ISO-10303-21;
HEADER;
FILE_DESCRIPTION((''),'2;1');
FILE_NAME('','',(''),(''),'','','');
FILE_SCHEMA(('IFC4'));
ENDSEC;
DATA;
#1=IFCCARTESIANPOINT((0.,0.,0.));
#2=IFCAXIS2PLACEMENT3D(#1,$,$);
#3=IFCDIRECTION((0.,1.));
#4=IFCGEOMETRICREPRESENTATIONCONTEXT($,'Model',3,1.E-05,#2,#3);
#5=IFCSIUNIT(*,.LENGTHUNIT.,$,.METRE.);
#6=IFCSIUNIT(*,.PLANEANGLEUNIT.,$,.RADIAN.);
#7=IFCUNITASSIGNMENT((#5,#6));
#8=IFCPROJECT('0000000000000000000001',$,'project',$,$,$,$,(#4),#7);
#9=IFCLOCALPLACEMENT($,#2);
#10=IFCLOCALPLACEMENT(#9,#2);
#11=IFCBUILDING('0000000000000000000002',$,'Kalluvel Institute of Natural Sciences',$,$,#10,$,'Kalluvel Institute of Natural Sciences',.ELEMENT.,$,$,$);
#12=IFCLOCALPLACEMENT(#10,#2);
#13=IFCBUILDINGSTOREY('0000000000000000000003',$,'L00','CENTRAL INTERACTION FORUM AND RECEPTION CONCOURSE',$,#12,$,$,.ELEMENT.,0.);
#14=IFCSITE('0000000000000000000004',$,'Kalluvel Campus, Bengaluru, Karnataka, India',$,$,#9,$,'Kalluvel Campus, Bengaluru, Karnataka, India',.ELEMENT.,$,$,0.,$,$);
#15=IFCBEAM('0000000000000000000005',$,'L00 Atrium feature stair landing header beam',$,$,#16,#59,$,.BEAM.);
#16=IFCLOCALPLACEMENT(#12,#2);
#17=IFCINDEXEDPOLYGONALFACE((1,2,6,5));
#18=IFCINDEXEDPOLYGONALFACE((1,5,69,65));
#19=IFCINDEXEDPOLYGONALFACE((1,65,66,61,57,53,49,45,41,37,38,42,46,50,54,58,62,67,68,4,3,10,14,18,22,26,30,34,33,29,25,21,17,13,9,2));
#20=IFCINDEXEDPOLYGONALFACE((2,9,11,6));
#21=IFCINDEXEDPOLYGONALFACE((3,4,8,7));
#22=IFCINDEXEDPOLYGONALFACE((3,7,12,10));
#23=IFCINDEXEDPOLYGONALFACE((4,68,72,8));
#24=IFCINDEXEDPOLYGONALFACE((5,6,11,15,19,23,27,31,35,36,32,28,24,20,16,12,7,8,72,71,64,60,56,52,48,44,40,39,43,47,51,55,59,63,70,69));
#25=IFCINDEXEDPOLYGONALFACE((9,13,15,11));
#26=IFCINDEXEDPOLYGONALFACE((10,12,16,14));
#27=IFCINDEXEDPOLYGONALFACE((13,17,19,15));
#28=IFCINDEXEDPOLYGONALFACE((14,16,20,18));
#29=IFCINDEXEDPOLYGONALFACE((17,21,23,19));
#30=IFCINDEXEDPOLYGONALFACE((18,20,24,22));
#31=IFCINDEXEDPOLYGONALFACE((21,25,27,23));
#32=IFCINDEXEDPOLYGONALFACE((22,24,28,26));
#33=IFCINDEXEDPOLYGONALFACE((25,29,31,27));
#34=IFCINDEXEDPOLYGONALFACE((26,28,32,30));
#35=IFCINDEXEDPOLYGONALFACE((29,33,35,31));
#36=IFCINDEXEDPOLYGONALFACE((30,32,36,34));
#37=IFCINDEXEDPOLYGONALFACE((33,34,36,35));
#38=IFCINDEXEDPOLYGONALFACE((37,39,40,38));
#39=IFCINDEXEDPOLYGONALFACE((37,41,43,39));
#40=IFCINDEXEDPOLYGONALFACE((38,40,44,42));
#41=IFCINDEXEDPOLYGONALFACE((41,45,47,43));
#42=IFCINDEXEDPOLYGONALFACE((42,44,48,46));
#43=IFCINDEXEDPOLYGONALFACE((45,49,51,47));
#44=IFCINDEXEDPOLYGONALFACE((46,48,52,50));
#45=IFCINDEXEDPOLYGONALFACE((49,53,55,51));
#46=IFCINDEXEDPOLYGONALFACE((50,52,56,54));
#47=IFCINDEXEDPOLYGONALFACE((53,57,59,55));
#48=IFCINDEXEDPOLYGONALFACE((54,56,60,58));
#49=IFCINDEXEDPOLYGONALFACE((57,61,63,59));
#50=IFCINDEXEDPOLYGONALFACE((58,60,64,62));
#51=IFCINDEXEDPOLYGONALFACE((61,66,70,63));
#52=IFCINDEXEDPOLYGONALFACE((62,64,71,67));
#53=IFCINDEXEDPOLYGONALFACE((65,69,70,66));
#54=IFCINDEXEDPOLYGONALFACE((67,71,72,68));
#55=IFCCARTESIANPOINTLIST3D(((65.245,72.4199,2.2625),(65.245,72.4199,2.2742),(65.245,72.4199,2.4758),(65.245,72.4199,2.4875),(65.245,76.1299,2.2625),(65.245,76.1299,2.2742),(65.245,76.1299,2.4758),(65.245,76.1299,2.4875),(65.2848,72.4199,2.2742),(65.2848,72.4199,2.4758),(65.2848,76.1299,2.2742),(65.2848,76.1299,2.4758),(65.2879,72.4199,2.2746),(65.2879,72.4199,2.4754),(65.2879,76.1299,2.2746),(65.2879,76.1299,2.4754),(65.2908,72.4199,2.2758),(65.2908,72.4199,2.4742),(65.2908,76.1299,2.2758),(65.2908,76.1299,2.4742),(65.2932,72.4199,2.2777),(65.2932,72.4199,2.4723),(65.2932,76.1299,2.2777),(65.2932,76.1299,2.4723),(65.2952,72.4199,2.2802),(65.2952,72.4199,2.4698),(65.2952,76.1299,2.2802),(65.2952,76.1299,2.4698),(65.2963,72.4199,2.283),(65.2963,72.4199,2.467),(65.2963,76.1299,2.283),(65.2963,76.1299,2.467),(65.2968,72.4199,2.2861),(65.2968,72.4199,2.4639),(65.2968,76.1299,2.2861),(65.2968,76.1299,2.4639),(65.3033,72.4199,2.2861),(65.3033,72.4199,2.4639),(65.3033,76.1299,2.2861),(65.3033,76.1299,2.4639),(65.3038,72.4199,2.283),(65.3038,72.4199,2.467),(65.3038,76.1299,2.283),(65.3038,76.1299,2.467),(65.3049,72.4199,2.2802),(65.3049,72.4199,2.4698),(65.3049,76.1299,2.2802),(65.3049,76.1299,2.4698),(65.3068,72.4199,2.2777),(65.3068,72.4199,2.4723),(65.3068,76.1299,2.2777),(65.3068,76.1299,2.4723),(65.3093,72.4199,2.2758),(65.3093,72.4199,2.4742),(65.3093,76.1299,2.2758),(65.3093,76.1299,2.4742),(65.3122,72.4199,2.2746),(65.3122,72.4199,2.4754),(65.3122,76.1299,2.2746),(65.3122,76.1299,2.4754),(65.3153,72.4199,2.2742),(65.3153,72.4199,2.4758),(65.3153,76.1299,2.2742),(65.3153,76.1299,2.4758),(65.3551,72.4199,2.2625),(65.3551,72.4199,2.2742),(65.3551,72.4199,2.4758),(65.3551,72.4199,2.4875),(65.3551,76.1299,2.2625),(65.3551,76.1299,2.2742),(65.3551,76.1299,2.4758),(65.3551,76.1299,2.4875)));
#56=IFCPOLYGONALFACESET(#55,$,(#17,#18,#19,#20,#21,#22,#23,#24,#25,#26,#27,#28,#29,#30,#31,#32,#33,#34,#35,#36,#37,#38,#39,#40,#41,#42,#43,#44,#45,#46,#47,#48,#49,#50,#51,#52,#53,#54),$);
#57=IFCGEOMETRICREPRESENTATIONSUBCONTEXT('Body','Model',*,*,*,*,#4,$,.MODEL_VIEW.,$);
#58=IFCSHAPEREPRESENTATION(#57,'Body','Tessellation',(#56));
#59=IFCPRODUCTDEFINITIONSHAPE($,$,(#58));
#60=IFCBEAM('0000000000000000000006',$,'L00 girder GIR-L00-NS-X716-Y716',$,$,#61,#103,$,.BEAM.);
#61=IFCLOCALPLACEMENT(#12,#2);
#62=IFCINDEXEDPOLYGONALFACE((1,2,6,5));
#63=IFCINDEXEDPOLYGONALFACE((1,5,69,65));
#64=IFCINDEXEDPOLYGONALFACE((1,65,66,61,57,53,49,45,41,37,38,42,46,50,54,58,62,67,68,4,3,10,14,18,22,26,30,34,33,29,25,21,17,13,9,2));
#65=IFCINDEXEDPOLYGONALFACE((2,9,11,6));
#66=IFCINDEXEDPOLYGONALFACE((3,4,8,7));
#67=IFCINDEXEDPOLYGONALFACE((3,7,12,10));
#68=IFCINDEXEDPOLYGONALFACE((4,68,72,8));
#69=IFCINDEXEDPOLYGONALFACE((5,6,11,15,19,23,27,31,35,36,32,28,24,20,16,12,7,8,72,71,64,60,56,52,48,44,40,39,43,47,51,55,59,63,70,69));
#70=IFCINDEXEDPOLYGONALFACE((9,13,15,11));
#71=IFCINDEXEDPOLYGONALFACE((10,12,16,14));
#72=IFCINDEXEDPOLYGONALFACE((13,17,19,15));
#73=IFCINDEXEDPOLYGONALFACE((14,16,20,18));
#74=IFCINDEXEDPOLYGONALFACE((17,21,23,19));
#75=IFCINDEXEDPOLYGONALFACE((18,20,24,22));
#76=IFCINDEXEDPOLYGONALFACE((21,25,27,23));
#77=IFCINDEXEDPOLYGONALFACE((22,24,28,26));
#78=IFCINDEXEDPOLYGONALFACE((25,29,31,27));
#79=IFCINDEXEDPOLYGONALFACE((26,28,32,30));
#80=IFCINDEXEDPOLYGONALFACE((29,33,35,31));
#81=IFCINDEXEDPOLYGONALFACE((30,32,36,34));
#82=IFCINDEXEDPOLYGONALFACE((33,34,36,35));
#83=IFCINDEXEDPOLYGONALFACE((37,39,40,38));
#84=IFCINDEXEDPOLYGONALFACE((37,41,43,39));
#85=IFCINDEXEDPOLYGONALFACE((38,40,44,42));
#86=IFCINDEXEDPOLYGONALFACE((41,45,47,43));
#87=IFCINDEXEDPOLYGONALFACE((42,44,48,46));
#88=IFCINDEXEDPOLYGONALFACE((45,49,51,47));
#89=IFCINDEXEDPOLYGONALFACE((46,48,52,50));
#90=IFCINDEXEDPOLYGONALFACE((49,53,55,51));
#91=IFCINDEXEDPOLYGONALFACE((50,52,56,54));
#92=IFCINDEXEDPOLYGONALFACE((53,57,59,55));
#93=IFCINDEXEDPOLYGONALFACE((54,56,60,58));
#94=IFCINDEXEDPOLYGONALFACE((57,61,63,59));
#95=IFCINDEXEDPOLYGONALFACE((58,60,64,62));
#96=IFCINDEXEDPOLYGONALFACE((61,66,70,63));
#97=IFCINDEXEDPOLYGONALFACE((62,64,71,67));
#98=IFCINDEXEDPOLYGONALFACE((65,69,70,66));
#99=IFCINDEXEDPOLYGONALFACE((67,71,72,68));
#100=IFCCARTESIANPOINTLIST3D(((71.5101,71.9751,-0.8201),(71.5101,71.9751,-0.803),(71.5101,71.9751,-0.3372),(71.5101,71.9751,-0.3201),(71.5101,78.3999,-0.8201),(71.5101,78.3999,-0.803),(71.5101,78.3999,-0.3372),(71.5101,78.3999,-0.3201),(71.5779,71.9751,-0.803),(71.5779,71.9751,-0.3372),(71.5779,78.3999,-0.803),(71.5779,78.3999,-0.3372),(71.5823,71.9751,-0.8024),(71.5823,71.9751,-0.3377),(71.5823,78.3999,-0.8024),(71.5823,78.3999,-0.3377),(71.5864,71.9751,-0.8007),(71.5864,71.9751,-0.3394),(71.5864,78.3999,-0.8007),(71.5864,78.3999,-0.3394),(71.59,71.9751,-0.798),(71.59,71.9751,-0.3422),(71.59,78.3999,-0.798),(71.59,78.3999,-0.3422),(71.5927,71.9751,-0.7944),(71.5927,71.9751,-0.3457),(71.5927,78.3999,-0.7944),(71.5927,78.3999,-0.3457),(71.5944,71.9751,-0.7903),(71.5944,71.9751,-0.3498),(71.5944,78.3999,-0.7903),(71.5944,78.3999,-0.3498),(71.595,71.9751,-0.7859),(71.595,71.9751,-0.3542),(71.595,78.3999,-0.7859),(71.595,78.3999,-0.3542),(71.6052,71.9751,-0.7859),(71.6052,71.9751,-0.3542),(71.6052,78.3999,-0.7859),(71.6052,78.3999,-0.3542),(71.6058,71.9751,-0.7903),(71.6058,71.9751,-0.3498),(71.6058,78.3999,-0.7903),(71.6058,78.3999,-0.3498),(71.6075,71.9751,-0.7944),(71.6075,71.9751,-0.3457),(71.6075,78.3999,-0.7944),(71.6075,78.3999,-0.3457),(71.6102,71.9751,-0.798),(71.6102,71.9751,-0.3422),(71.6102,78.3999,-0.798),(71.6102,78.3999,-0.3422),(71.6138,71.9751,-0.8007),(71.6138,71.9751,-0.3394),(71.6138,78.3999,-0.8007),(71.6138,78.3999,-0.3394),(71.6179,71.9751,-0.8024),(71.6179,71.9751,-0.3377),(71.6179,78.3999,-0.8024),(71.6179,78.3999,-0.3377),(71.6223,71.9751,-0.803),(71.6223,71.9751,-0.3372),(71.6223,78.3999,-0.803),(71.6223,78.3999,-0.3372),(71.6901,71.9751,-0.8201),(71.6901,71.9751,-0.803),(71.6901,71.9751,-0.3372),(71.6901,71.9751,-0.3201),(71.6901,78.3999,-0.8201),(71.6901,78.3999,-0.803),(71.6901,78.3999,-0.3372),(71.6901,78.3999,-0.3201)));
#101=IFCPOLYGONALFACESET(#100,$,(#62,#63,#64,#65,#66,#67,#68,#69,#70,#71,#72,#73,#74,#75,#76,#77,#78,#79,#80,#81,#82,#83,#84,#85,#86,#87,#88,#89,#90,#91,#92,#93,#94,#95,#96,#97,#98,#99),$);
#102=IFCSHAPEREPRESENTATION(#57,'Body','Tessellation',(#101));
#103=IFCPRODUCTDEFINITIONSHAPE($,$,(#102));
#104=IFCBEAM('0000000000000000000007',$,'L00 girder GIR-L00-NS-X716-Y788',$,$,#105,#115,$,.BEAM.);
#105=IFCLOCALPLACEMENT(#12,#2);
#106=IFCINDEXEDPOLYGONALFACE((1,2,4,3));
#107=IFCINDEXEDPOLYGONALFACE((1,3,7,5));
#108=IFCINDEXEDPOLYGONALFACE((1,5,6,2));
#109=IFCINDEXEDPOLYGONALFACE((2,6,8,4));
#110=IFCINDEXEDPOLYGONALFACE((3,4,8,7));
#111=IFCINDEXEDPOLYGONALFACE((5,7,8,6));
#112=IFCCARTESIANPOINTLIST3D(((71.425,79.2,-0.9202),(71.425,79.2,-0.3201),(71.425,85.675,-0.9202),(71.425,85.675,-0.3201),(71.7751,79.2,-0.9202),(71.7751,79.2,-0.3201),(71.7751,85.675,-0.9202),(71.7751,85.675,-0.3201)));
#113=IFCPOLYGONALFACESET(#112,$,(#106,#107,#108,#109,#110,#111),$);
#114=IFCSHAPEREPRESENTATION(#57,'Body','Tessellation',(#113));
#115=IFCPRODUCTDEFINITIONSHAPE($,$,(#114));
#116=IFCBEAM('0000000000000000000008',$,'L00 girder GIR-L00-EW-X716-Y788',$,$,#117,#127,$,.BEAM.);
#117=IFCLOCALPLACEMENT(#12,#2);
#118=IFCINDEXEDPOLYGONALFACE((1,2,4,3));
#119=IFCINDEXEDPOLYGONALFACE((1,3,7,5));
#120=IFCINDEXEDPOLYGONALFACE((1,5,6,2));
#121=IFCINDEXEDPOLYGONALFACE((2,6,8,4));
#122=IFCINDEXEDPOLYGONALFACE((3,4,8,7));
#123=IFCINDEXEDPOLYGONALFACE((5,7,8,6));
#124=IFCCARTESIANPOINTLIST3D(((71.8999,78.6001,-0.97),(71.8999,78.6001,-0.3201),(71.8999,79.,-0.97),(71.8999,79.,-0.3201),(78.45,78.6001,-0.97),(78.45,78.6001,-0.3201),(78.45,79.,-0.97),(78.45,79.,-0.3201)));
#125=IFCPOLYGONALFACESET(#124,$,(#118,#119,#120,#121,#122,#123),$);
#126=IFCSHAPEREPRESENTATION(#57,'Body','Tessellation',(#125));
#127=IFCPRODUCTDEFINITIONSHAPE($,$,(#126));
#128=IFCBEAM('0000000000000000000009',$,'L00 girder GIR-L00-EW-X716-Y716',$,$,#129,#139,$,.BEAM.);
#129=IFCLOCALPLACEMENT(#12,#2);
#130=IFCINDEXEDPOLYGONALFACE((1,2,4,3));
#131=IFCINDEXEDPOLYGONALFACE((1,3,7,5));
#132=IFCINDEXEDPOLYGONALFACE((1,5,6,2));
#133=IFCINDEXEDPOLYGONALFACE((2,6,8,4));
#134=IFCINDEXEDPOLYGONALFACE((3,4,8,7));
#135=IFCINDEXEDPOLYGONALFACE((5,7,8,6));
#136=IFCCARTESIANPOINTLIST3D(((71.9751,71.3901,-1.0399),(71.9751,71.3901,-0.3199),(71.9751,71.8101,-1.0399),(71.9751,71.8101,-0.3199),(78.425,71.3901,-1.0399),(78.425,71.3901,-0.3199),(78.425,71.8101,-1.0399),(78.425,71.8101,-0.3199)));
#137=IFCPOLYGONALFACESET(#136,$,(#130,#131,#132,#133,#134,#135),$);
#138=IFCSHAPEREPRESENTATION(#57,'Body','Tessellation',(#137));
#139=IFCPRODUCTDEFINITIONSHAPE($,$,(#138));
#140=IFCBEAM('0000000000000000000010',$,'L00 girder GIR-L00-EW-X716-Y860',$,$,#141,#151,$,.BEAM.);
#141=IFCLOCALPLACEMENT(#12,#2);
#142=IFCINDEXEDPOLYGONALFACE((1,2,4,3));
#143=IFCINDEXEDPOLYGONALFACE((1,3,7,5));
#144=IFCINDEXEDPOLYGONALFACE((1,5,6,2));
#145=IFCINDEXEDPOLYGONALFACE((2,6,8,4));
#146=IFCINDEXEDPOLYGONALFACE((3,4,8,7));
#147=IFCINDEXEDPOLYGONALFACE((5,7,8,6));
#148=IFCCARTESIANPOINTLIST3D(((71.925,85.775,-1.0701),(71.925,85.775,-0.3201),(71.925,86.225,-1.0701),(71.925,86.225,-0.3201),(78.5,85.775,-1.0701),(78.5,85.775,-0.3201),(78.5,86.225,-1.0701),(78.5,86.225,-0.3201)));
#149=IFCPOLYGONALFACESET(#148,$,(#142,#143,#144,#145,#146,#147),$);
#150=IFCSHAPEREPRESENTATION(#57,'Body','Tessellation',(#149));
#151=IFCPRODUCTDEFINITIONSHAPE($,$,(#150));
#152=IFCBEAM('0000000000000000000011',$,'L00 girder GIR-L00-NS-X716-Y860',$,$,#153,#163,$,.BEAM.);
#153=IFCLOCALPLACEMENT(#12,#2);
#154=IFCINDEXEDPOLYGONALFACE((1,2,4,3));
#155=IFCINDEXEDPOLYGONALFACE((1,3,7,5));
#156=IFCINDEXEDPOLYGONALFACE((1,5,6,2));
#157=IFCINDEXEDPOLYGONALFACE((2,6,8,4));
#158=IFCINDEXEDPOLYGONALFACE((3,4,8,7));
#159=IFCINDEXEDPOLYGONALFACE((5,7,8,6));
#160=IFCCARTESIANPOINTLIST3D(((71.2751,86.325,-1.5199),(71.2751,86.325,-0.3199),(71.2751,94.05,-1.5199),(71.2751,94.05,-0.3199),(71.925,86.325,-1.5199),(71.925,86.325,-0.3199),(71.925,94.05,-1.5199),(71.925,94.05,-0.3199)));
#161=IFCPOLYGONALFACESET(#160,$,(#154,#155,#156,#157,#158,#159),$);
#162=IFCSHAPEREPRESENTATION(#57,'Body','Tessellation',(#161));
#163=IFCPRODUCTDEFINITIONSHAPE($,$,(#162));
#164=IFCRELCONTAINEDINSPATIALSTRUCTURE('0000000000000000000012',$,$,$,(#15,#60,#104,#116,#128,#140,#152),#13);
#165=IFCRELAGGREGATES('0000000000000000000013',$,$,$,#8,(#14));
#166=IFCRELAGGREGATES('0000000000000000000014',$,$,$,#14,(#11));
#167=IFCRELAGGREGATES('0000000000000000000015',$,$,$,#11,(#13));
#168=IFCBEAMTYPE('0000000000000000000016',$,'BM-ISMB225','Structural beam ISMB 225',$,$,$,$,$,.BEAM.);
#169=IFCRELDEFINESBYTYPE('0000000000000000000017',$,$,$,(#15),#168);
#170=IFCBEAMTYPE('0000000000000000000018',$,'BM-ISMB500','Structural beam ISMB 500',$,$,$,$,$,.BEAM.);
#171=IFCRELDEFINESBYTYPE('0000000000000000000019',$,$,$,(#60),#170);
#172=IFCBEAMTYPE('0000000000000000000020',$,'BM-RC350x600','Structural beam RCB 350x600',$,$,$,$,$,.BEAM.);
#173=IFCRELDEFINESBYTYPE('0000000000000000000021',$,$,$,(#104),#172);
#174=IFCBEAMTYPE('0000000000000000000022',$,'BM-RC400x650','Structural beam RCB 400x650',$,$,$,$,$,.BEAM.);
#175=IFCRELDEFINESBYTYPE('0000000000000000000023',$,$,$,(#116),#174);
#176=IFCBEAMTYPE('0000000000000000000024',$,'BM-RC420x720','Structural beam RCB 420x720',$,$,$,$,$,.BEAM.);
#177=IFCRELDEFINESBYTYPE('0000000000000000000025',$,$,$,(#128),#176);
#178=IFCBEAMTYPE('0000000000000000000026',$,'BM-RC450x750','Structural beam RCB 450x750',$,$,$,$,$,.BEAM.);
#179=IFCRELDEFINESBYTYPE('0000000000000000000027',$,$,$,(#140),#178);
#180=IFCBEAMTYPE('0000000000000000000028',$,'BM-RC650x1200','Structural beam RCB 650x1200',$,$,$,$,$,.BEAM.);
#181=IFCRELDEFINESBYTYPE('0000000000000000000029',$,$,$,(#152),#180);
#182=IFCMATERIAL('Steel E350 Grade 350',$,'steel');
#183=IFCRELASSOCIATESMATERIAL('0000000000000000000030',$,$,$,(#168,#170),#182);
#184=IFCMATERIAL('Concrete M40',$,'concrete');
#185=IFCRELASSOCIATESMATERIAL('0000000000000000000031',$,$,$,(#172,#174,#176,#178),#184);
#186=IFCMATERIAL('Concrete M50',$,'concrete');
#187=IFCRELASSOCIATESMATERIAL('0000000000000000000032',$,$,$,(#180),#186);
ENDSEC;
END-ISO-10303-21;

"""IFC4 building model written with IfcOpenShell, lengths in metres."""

from ifc_helpers import new_model, si_unit, direction, frame, origin, origin_2d, place, context, subcontext, project, spatial, rectangle, i_section, extrude, material, material_profile, profile_set, type_object, element, save


model = new_model("IFC4")

# Units and contexts
model_context = context("Model", 3, precision=1e-05, world=origin(), true_north=direction((0.0, 1.0)))
body_context = subcontext(model_context, "Body", "Model", "MODEL_VIEW")
ifc_project = project(units=[si_unit("LENGTHUNIT", "METRE"), si_unit("PLANEANGLEUNIT", "RADIAN")], contexts=[model_context])

# Site, building, storey
site_placement = place(None, origin())
site = spatial("IfcSite", under=ifc_project, at=site_placement, Name="Kalluvel Campus, Bengaluru, Karnataka, India", LongName="Kalluvel Campus, Bengaluru, Karnataka, India", CompositionType="ELEMENT", RefElevation=0.0)
building_placement = place(site_placement, origin())
building = spatial("IfcBuilding", under=site, at=building_placement, Name="Kalluvel Institute of Natural Sciences", LongName="Kalluvel Institute of Natural Sciences", CompositionType="ELEMENT")
storey_placement = place(building_placement, origin())
storey = spatial("IfcBuildingStorey", under=building, at=storey_placement, Name="L00", Description="CENTRAL INTERACTION FORUM AND RECEPTION CONCOURSE", CompositionType="ELEMENT", Elevation=0.0)

# Shared definitions
ifc_material_1 = material(Name="Steel E350 Grade 350", Category="steel")
ifc_material_2 = material(Name="Concrete M50", Category="concrete")
ifc_material_3 = material(Name="Concrete M40", Category="concrete")

# Beams
ifc_material_profile_1 = material_profile(ifc_material_1, i_section(OverallWidth=0.1101, OverallDepth=0.2251, WebThickness=0.0066, FlangeThickness=0.0117, FilletRadius=0.012, at=origin_2d()), Name="ISMB 225")
ifc_profile_set_1 = profile_set([ifc_material_profile_1], Name="Steel E350 Grade 350")
beam_type_1 = type_object("IfcBeamType", Name="BM-ISMB225", Description="Structural beam ISMB 225", PredefinedType="BEAM", material=ifc_profile_set_1)
beam_1_placement = place(storey_placement, frame((65.3, 72.4199, 2.375), z_axis=(0.0, 1.0, 0.0), x_axis=(-1.0, 0.0, 0.0)))
element("IfcBeam", 1, at=beam_1_placement, inside=storey, type_object=beam_type_1, Name="L00 Atrium feature stair landing header beam", PredefinedType="BEAM", context=body_context, shape_type="SweptSolid", body=[
    extrude(i_section(OverallWidth=0.1101, OverallDepth=0.2251, WebThickness=0.0066, FlangeThickness=0.0117, FilletRadius=0.012, at=origin_2d()), origin(), (0.0, 0.0, 1.0), 3.71),
])
ifc_material_profile_2 = material_profile(ifc_material_1, i_section(OverallWidth=0.1799, OverallDepth=0.5, WebThickness=0.0103, FlangeThickness=0.0171, FilletRadius=0.0171, at=origin_2d()), Name="ISMB 500")
ifc_profile_set_2 = profile_set([ifc_material_profile_2], Name="Steel E350 Grade 350")
beam_type_2 = type_object("IfcBeamType", Name="BM-ISMB500", Description="Structural beam ISMB 500", PredefinedType="BEAM", material=ifc_profile_set_2)
beam_2_placement = place(storey_placement, frame((71.6001, 71.9751, -0.5701), z_axis=(0.0, 1.0, 0.0), x_axis=(-1.0, 0.0, 0.0)))
element("IfcBeam", 2, at=beam_2_placement, inside=storey, type_object=beam_type_2, Name="L00 girder GIR-L00-NS-X716-Y716", PredefinedType="BEAM", context=body_context, shape_type="SweptSolid", body=[
    extrude(i_section(OverallWidth=0.1799, OverallDepth=0.5, WebThickness=0.0103, FlangeThickness=0.0171, FilletRadius=0.0171, at=origin_2d()), origin(), (0.0, 0.0, 1.0), 6.4248),
])
ifc_material_profile_3 = material_profile(ifc_material_3, rectangle(XDim=0.3501, YDim=0.6001, at=origin_2d()), Name="RCB 350x600")
ifc_profile_set_3 = profile_set([ifc_material_profile_3], Name="Concrete M40")
beam_type_3 = type_object("IfcBeamType", Name="BM-RC350x600", Description="Structural beam RCB 350x600", PredefinedType="BEAM", material=ifc_profile_set_3)
beam_3_placement = place(storey_placement, frame((71.6001, 79.2, -0.6201), z_axis=(0.0, 1.0, 0.0), x_axis=(-1.0, 0.0, 0.0)))
element("IfcBeam", 3, at=beam_3_placement, inside=storey, type_object=beam_type_3, Name="L00 girder GIR-L00-NS-X716-Y788", PredefinedType="BEAM", context=body_context, shape_type="SweptSolid", body=[
    extrude(rectangle(XDim=0.3501, YDim=0.6001, at=origin_2d()), origin(), (0.0, 0.0, 1.0), 6.4751),
])
ifc_material_profile_4 = material_profile(ifc_material_3, rectangle(XDim=0.3999, YDim=0.6499, at=origin_2d()), Name="RCB 400x650")
ifc_profile_set_4 = profile_set([ifc_material_profile_4], Name="Concrete M40")
beam_type_4 = type_object("IfcBeamType", Name="BM-RC400x650", Description="Structural beam RCB 400x650", PredefinedType="BEAM", material=ifc_profile_set_4)
beam_4_placement = place(storey_placement, frame((71.8999, 78.8, -0.645), z_axis=(1.0, 0.0, 0.0), x_axis=(0.0, 1.0, 0.0)))
element("IfcBeam", 4, at=beam_4_placement, inside=storey, type_object=beam_type_4, Name="L00 girder GIR-L00-EW-X716-Y788", PredefinedType="BEAM", context=body_context, shape_type="SweptSolid", body=[
    extrude(rectangle(XDim=0.3999, YDim=0.6499, at=origin_2d()), origin(), (0.0, 0.0, 1.0), 6.55),
])
ifc_material_profile_5 = material_profile(ifc_material_3, rectangle(XDim=0.4199, YDim=0.72, at=origin_2d()), Name="RCB 420x720")
ifc_profile_set_5 = profile_set([ifc_material_profile_5], Name="Concrete M40")
beam_type_5 = type_object("IfcBeamType", Name="BM-RC420x720", Description="Structural beam RCB 420x720", PredefinedType="BEAM", material=ifc_profile_set_5)
beam_5_placement = place(storey_placement, frame((71.9751, 71.6001, -0.6799), z_axis=(1.0, 0.0, 0.0), x_axis=(0.0, 1.0, 0.0)))
element("IfcBeam", 5, at=beam_5_placement, inside=storey, type_object=beam_type_5, Name="L00 girder GIR-L00-EW-X716-Y716", PredefinedType="BEAM", context=body_context, shape_type="SweptSolid", body=[
    extrude(rectangle(XDim=0.4199, YDim=0.72, at=origin_2d()), origin(), (0.0, 0.0, 1.0), 6.45),
])
ifc_material_profile_6 = material_profile(ifc_material_3, rectangle(XDim=0.45, YDim=0.75, at=origin_2d()), Name="RCB 450x750")
ifc_profile_set_6 = profile_set([ifc_material_profile_6], Name="Concrete M40")
beam_type_6 = type_object("IfcBeamType", Name="BM-RC450x750", Description="Structural beam RCB 450x750", PredefinedType="BEAM", material=ifc_profile_set_6)
beam_6_placement = place(storey_placement, frame((71.925, 86.0, -0.6951), z_axis=(1.0, 0.0, 0.0), x_axis=(0.0, 1.0, 0.0)))
element("IfcBeam", 6, at=beam_6_placement, inside=storey, type_object=beam_type_6, Name="L00 girder GIR-L00-EW-X716-Y860", PredefinedType="BEAM", context=body_context, shape_type="SweptSolid", body=[
    extrude(rectangle(XDim=0.45, YDim=0.75, at=origin_2d()), origin(), (0.0, 0.0, 1.0), 6.575),
])
ifc_material_profile_7 = material_profile(ifc_material_2, rectangle(XDim=0.6499, YDim=1.2, at=origin_2d()), Name="RCB 650x1200")
ifc_profile_set_7 = profile_set([ifc_material_profile_7], Name="Concrete M50")
beam_type_7 = type_object("IfcBeamType", Name="BM-RC650x1200", Description="Structural beam RCB 650x1200", PredefinedType="BEAM", material=ifc_profile_set_7)
beam_7_placement = place(storey_placement, frame((71.6001, 86.325, -0.9199), z_axis=(0.0, 1.0, 0.0), x_axis=(-1.0, 0.0, 0.0)))
element("IfcBeam", 7, at=beam_7_placement, inside=storey, type_object=beam_type_7, Name="L00 girder GIR-L00-NS-X716-Y860", PredefinedType="BEAM", context=body_context, shape_type="SweptSolid", body=[
    extrude(rectangle(XDim=0.6499, YDim=1.2, at=origin_2d()), origin(), (0.0, 0.0, 1.0), 7.7251),
])

save(model, "model.ifc")
